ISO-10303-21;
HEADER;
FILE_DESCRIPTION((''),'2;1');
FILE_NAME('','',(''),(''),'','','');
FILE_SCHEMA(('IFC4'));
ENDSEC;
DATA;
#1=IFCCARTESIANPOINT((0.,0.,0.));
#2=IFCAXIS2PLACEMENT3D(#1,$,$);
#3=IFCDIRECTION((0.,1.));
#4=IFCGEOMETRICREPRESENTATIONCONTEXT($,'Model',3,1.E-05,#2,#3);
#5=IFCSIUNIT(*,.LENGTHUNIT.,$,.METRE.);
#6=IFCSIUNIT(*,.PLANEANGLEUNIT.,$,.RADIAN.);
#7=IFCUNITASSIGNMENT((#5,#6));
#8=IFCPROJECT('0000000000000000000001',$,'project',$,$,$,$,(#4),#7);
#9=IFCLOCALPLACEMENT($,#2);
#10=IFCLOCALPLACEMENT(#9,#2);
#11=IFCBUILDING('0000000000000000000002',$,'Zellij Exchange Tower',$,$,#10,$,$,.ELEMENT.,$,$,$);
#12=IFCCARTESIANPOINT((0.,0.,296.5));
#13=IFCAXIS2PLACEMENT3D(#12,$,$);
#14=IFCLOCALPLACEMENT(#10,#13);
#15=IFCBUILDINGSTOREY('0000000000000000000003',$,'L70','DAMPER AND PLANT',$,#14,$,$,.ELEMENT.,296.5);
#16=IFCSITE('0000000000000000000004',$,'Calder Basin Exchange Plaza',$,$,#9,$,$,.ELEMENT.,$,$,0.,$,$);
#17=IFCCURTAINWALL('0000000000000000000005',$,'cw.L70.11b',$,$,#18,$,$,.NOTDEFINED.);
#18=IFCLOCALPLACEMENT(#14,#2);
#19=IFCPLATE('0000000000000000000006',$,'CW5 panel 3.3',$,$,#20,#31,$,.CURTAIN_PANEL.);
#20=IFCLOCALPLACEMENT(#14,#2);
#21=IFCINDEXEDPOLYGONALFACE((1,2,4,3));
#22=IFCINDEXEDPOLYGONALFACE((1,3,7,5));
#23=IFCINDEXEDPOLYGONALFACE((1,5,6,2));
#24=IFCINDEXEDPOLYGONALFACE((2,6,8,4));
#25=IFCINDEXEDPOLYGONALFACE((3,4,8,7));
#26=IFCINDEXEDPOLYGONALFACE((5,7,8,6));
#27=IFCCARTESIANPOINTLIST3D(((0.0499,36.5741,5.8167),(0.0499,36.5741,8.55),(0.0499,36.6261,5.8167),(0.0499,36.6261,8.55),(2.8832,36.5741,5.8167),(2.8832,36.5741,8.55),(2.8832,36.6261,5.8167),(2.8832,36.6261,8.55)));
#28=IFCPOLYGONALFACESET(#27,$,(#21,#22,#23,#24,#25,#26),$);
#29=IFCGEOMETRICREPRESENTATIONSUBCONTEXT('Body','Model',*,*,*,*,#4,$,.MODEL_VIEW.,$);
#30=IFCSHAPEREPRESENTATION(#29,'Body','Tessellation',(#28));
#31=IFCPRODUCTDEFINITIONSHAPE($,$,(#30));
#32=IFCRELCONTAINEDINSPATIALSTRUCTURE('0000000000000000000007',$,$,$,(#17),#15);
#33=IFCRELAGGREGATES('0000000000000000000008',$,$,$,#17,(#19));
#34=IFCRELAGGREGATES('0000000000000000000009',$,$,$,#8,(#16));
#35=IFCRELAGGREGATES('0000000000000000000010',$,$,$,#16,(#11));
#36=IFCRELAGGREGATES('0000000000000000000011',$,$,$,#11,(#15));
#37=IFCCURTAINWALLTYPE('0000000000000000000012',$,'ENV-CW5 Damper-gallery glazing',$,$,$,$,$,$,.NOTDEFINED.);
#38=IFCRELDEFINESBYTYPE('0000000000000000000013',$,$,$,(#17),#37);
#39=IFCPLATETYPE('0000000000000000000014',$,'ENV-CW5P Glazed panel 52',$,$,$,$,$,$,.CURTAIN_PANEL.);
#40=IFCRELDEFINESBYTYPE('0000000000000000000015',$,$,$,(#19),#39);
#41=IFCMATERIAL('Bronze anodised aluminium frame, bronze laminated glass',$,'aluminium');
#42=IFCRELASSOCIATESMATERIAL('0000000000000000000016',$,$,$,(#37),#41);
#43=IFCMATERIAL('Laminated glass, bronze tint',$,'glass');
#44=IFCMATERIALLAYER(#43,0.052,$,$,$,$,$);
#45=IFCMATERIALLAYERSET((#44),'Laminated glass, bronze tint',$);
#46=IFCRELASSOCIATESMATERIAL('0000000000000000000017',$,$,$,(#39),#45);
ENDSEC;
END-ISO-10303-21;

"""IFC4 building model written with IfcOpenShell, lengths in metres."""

from ifc_helpers import new_model, si_unit, direction, frame, origin, origin_2d, place, context, subcontext, project, spatial, rectangle, extrude, material, layer, layer_set, type_object, element, aggregate, save


model = new_model("IFC4")

# Units and contexts
model_context = context("Model", 3, precision=1e-05, world=origin(), true_north=direction((0.0, 1.0)))
body_context = subcontext(model_context, "Body", "Model", "MODEL_VIEW")
ifc_project = project(units=[si_unit("LENGTHUNIT", "METRE"), si_unit("PLANEANGLEUNIT", "RADIAN")], contexts=[model_context])

# Site, building, storey
site_placement = place(None, origin())
site = spatial("IfcSite", under=ifc_project, at=site_placement, Name="Calder Basin Exchange Plaza", CompositionType="ELEMENT", RefElevation=0.0)
building_placement = place(site_placement, origin())
building = spatial("IfcBuilding", under=site, at=building_placement, Name="Zellij Exchange Tower", CompositionType="ELEMENT")
storey_placement = place(building_placement, frame((0.0, 0.0, 296.5)))
storey = spatial("IfcBuildingStorey", under=building, at=storey_placement, Name="L70", Description="DAMPER AND PLANT", CompositionType="ELEMENT", Elevation=296.5)

# Curtain wall
ifc_material_1 = material(Name="Bronze anodised aluminium frame, bronze laminated glass", Category="aluminium")
curtain_wall_type = type_object("IfcCurtainWallType", Name="ENV-CW5 Damper-gallery glazing", PredefinedType="NOTDEFINED", material=ifc_material_1)
curtain_wall_placement = place(storey_placement, origin())
curtain_wall = element("IfcCurtainWall", 1, at=curtain_wall_placement, inside=storey, type_object=curtain_wall_type, Name="cw.L70.11b", PredefinedType="NOTDEFINED")

# Plate
ifc_material_2 = material(Name="Laminated glass, bronze tint", Category="glass")
ifc_layer = layer(ifc_material_2, 0.052)
ifc_layer_set = layer_set([ifc_layer], Name="Laminated glass, bronze tint")
plate_type = type_object("IfcPlateType", Name="ENV-CW5P Glazed panel 52", PredefinedType="CURTAIN_PANEL", material=ifc_layer_set)
plate_1_placement = place(storey_placement, frame((1.4666, 36.6001, 5.8167), z_axis=(0.0, 0.0, 1.0), x_axis=(-1.0, 0.0, 0.0)))
plate_1 = element("IfcPlate", 2, at=plate_1_placement, type_object=plate_type, Name="CW5 panel 3.3", PredefinedType="CURTAIN_PANEL", context=body_context, shape_type="SweptSolid", body=[
    extrude(rectangle(XDim=2.8333, YDim=0.052, at=origin_2d()), origin(), (0.0, 0.0, 1.0), 2.7334),
])
aggregate(curtain_wall, [plate_1])

save(model, "model.ifc")
